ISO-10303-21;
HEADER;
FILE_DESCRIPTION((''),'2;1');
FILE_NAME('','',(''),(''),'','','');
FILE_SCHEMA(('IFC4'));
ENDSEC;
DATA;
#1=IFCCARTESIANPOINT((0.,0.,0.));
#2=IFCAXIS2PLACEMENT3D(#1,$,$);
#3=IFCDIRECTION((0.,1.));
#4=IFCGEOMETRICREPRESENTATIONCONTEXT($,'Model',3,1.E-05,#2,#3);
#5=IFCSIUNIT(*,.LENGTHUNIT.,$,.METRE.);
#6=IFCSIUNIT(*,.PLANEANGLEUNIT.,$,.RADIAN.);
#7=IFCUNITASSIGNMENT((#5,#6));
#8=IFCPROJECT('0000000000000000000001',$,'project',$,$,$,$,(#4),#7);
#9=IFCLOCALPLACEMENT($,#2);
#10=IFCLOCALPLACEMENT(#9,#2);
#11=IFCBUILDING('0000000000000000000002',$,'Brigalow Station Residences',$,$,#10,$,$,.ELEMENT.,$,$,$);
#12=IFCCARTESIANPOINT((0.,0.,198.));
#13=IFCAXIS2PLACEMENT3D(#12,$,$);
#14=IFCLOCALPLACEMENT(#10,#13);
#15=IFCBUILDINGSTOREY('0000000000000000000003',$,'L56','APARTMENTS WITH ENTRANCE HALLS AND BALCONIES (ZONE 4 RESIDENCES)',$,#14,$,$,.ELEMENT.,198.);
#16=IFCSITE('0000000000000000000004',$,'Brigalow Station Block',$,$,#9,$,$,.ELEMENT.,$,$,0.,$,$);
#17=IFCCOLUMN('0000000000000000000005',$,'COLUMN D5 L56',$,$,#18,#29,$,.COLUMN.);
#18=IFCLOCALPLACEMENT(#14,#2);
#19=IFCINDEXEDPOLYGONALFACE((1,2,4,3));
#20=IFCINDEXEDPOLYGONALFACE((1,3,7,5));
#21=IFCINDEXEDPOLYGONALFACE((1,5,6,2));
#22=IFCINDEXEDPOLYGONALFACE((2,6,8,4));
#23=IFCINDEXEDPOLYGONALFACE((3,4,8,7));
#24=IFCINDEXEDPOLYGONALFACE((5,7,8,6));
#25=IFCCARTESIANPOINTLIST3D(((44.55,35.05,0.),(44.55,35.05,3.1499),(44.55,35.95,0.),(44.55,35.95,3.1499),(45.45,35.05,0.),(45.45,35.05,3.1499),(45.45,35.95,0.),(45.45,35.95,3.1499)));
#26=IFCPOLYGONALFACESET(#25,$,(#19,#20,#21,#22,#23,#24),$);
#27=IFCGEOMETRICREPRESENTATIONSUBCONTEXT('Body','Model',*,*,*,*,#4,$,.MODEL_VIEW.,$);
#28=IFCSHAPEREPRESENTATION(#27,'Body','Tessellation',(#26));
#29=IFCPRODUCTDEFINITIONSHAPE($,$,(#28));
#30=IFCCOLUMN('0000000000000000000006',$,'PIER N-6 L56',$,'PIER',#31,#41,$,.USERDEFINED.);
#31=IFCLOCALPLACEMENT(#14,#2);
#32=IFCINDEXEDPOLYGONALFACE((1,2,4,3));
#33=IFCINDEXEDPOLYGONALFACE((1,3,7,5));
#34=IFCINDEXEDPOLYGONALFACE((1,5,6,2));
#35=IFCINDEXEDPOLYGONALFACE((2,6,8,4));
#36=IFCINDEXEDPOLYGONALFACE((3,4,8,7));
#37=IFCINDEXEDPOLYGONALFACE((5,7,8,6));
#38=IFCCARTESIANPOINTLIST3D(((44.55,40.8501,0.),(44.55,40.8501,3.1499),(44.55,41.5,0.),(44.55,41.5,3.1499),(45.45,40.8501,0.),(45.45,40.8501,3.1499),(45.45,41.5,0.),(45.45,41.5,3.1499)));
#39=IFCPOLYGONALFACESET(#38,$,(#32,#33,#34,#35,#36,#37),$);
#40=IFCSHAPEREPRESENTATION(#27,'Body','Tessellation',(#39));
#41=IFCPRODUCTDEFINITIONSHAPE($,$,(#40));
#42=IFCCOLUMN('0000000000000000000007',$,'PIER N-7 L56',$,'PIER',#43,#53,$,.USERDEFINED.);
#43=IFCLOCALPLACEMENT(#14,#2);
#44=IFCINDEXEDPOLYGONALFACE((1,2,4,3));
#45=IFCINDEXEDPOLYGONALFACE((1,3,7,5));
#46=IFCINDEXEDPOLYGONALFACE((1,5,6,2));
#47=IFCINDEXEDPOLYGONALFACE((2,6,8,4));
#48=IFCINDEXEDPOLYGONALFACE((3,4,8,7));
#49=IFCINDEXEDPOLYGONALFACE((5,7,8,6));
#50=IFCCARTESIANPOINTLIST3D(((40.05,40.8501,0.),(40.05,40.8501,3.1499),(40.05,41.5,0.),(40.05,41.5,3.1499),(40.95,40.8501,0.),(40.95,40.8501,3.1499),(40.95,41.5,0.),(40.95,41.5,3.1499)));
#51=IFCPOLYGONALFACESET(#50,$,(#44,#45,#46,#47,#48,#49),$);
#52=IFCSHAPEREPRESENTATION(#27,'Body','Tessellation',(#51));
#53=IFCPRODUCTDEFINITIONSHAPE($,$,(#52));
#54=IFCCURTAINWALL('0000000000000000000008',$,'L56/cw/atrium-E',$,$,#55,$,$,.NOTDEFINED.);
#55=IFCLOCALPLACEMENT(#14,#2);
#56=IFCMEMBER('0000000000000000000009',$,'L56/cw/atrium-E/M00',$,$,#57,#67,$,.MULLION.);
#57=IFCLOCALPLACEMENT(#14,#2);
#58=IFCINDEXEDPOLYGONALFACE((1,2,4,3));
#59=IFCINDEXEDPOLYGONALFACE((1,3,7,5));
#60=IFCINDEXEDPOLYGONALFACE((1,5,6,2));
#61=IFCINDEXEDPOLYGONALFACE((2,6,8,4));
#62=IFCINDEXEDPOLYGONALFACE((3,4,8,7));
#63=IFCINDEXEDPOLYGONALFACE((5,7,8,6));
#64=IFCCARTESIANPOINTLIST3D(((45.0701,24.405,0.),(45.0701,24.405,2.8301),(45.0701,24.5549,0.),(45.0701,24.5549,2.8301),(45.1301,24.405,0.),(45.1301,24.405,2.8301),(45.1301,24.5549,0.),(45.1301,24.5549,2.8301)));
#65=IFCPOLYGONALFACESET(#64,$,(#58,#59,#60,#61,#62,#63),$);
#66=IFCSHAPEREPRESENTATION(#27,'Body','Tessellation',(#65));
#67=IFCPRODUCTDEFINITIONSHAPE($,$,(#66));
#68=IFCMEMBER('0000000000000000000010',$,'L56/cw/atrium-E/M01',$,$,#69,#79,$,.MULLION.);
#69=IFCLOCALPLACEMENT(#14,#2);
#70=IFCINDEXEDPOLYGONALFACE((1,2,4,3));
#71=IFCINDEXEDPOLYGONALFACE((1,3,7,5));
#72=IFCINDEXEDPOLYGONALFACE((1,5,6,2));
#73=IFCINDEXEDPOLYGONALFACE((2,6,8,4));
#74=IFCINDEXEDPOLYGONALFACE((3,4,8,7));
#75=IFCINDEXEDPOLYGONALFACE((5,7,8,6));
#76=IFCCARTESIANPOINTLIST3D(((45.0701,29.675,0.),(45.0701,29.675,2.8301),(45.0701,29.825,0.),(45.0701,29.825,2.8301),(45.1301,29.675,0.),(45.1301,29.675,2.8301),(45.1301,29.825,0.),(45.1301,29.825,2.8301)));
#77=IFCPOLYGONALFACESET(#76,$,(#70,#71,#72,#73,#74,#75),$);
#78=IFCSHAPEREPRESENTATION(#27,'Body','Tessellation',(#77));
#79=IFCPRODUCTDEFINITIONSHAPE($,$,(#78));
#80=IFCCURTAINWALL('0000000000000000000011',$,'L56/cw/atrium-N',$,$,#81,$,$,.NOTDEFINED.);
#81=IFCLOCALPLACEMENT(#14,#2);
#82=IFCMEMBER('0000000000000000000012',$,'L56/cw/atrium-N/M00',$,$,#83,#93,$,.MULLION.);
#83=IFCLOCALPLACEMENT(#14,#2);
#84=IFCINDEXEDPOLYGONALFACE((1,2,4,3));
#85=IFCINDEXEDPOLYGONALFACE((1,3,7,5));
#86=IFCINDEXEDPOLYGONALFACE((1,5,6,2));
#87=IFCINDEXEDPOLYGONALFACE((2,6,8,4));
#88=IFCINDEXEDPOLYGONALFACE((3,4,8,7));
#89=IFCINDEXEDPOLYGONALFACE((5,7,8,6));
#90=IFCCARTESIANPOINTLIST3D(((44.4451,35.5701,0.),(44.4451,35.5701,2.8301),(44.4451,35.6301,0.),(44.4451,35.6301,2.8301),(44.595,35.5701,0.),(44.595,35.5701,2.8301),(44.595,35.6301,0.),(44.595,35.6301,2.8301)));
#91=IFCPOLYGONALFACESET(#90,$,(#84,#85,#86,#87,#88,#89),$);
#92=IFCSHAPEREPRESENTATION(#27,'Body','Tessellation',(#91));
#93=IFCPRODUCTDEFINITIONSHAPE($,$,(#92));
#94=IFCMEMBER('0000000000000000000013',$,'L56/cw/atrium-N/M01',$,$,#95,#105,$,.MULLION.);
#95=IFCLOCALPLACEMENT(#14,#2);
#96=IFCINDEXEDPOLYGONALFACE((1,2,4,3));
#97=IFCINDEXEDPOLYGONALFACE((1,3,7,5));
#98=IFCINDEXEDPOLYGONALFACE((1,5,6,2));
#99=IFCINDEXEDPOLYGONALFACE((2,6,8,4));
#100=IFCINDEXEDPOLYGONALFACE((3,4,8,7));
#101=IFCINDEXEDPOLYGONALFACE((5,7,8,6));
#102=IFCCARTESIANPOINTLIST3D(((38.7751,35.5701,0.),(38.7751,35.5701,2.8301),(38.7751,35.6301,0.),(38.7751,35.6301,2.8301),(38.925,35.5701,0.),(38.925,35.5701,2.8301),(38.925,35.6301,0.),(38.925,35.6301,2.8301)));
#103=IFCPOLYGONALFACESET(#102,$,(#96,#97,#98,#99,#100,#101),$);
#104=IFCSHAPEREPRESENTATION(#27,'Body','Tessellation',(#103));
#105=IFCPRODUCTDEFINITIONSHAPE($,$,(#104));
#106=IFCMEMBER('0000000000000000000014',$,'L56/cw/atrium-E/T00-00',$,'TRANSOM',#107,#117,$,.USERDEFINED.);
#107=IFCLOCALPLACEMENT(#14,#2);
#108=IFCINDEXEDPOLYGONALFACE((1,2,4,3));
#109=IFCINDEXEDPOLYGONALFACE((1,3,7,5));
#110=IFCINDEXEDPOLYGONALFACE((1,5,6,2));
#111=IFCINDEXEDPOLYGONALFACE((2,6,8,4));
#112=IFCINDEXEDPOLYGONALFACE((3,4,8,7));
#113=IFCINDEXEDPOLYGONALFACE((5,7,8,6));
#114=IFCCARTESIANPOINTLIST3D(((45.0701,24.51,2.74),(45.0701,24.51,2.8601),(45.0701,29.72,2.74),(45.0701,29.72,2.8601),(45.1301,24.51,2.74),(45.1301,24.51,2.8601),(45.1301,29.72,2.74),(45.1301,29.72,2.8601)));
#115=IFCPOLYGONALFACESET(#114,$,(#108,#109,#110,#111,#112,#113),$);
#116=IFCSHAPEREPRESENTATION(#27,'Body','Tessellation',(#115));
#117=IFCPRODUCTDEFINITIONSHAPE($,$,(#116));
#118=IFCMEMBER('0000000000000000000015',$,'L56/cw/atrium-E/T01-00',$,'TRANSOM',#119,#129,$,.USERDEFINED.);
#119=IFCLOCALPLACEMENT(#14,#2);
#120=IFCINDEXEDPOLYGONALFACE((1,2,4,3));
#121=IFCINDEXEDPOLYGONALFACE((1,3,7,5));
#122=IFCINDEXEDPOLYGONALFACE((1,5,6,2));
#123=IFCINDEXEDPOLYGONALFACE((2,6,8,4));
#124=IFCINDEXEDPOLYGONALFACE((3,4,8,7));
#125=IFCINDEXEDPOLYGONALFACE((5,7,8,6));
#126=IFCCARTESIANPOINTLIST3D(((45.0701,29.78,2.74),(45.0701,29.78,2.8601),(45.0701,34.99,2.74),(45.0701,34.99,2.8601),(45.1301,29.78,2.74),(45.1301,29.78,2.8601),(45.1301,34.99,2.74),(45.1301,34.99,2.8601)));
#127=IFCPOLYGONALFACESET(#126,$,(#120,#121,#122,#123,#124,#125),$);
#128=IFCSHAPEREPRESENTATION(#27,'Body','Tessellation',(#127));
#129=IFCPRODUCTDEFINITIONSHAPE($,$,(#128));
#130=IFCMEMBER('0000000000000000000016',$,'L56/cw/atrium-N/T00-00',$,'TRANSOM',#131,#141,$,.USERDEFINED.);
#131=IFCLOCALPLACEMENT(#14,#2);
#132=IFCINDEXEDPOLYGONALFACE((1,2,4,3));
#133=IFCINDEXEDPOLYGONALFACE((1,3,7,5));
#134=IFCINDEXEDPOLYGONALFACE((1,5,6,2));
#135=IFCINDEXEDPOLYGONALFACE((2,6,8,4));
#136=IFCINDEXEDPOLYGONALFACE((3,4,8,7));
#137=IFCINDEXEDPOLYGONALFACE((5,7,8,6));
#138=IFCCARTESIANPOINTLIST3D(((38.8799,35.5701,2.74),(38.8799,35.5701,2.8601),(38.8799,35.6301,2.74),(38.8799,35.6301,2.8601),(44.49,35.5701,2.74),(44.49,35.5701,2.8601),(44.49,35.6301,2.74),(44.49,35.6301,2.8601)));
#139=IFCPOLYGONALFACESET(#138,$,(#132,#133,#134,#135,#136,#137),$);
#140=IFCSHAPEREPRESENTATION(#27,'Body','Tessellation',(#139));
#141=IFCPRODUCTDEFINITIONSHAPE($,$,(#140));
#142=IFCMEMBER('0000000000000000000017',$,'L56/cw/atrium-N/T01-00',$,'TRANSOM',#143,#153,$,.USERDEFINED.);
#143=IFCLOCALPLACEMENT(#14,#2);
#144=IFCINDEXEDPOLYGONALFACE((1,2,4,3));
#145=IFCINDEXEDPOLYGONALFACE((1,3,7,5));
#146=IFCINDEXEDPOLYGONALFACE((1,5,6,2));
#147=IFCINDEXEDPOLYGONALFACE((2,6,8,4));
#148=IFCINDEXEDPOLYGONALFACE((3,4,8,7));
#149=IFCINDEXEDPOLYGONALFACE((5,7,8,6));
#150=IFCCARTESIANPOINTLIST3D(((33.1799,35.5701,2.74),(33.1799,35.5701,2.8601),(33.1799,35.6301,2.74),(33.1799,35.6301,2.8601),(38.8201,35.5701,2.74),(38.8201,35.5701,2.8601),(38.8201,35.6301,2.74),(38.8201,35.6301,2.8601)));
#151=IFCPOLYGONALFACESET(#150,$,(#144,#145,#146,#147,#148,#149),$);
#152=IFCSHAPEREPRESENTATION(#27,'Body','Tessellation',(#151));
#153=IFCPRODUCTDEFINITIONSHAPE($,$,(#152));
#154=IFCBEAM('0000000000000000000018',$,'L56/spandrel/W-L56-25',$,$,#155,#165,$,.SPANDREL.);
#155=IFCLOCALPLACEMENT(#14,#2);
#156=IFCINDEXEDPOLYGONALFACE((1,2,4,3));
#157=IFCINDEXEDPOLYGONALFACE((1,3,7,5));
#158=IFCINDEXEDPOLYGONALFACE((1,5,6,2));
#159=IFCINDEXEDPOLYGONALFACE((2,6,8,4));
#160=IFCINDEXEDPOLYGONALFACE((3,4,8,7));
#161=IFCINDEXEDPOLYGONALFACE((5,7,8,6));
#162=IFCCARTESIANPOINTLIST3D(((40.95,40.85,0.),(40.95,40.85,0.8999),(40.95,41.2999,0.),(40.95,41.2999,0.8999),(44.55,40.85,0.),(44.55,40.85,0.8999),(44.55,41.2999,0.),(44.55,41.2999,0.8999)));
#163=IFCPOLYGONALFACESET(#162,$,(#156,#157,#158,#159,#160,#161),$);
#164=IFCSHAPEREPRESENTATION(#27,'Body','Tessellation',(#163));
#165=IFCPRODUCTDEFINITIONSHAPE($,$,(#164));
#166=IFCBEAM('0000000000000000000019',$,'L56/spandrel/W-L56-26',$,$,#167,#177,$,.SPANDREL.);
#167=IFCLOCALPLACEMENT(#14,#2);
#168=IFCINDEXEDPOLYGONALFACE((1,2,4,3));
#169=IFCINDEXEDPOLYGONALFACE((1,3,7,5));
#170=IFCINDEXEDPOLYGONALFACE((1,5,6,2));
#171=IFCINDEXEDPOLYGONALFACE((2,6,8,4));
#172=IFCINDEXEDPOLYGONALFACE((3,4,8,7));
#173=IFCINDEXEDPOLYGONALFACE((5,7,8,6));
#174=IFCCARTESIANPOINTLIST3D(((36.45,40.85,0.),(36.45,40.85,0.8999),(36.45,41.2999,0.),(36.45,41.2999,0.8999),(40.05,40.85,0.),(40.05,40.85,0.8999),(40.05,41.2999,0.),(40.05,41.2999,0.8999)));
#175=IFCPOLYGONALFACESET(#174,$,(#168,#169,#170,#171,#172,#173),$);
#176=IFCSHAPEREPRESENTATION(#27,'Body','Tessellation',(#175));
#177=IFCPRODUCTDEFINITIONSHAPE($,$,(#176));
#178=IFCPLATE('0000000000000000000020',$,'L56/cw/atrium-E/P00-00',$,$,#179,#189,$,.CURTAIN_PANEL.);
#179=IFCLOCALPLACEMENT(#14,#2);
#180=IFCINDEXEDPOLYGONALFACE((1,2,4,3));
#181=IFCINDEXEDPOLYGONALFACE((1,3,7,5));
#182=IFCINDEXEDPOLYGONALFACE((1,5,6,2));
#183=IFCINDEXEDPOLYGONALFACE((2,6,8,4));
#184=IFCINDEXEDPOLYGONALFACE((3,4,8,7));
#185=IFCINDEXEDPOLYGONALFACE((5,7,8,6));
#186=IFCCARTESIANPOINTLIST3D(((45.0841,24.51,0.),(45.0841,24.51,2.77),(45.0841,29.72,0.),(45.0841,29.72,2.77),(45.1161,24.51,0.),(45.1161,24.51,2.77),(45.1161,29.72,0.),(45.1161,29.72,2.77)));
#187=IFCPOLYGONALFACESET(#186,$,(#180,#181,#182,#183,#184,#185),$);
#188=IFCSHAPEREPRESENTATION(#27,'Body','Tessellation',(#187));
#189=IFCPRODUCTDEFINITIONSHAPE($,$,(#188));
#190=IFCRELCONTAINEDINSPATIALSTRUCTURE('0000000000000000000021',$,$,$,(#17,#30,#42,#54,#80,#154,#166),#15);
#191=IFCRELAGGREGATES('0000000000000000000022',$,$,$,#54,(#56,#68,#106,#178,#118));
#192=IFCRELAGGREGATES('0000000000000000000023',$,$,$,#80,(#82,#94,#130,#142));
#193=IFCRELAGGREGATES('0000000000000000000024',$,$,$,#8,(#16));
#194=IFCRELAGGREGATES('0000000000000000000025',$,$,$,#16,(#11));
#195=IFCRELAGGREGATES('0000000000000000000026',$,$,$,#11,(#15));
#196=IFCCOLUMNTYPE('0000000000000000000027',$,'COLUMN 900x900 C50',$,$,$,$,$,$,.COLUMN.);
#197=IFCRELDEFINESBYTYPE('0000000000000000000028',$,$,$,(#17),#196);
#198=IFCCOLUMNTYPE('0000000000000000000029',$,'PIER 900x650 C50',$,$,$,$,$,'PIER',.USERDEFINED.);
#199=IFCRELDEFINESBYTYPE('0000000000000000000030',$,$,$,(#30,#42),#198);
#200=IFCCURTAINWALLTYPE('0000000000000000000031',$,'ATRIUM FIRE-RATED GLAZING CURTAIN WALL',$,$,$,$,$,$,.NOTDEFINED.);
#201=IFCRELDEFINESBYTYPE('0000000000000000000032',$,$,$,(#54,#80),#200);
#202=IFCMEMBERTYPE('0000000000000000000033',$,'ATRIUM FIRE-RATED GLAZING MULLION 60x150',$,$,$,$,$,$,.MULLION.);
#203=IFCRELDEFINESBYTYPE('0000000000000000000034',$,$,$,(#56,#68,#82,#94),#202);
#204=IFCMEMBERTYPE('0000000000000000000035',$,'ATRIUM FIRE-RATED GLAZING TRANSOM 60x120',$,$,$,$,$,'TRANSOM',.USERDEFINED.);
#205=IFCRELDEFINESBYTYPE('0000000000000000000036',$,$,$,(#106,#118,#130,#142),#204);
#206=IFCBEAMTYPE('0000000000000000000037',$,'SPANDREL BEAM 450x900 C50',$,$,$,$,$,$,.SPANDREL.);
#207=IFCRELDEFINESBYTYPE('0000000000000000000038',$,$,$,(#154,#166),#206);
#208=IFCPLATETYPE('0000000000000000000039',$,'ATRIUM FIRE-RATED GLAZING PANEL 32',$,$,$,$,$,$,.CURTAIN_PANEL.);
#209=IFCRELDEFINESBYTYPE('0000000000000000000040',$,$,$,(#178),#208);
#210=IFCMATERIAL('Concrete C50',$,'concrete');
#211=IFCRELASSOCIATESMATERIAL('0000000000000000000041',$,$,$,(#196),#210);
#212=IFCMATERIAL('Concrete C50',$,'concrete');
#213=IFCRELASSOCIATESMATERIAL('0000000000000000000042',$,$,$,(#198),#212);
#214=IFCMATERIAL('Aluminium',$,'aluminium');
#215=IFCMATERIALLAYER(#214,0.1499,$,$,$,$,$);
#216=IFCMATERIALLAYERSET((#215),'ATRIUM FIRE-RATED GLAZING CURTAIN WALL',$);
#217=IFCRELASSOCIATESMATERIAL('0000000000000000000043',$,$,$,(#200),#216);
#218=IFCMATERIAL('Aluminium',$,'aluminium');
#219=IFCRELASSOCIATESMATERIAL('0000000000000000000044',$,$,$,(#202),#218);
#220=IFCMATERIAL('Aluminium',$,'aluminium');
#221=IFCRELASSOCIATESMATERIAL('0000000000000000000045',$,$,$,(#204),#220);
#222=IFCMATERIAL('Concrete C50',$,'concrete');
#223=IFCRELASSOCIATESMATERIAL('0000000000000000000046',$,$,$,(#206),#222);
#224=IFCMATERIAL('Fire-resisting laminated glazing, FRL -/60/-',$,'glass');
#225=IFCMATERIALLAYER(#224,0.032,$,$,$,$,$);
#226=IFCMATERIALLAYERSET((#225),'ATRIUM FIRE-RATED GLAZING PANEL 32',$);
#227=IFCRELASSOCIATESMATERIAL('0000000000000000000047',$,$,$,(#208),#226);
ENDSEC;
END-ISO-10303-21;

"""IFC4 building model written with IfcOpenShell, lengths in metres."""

from ifc_helpers import new_model, si_unit, direction, frame, origin, origin_2d, place, context, subcontext, project, spatial, rectangle, extrude, material, layer, layer_set, material_profile, profile_set, type_object, element, aggregate, save


model = new_model("IFC4")

# Units and contexts
model_context = context("Model", 3, precision=1e-05, world=origin(), true_north=direction((0.0, 1.0)))
body_context = subcontext(model_context, "Body", "Model", "MODEL_VIEW")
ifc_project = project(units=[si_unit("LENGTHUNIT", "METRE"), si_unit("PLANEANGLEUNIT", "RADIAN")], contexts=[model_context])

# Site, building, storey
site_placement = place(None, origin())
site = spatial("IfcSite", under=ifc_project, at=site_placement, Name="Brigalow Station Block", CompositionType="ELEMENT", RefElevation=0.0)
building_placement = place(site_placement, origin())
building = spatial("IfcBuilding", under=site, at=building_placement, Name="Brigalow Station Residences", CompositionType="ELEMENT")
storey_placement = place(building_placement, frame((0.0, 0.0, 198.0)))
storey = spatial("IfcBuildingStorey", under=building, at=storey_placement, Name="L56", Description="APARTMENTS WITH ENTRANCE HALLS AND BALCONIES (ZONE 4 RESIDENCES)", CompositionType="ELEMENT", Elevation=198.0)

# Columns
ifc_material_1 = material(Name="Concrete C50", Category="concrete")
ifc_material_profile_1 = material_profile(ifc_material_1, rectangle(XDim=0.8999, YDim=0.8999, at=origin_2d()), Name="RC900x900")
ifc_profile_set_1 = profile_set([ifc_material_profile_1], Name="Concrete C50")
column_type_1 = type_object("IfcColumnType", Name="COLUMN 900x900 C50", PredefinedType="COLUMN", material=ifc_profile_set_1)
column_placement = place(storey_placement, frame((45.0, 35.5, 0.0), z_axis=(0.0, 0.0, 1.0), x_axis=(1.0, 0.0, 0.0)))
element("IfcColumn", 1, at=column_placement, inside=storey, type_object=column_type_1, Name="COLUMN D5 L56", PredefinedType="COLUMN", context=body_context, shape_type="SweptSolid", body=[
    extrude(rectangle(XDim=0.8999, YDim=0.8999, at=origin_2d()), origin(), (0.0, 0.0, 1.0), 3.1499),
])
ifc_material_2 = material(Name="Concrete C50", Category="concrete")
ifc_material_profile_2 = material_profile(ifc_material_2, rectangle(XDim=0.8999, YDim=0.6499, at=origin_2d()), Name="RC900x650")
ifc_profile_set_2 = profile_set([ifc_material_profile_2], Name="Concrete C50")
column_type_2 = type_object("IfcColumnType", Name="PIER 900x650 C50", ElementType="PIER", PredefinedType="USERDEFINED", material=ifc_profile_set_2)
for number, where, z_axis, x_axis, name in (
    (2, (45.0, 41.175, 0.0), (0.0, 0.0, 1.0), (-1.0, 0.0, 0.0), "PIER N-6 L56"),
    (3, (40.5, 41.175, 0.0), (0.0, 0.0, 1.0), (-1.0, 0.0, 0.0), "PIER N-7 L56"),
):
    element("IfcColumn", number, at=place(storey_placement, frame(where, z_axis=z_axis, x_axis=x_axis)), inside=storey, type_object=column_type_2, Name=name, ObjectType="PIER", PredefinedType="USERDEFINED", context=body_context, shape_type="SweptSolid", body=[
        extrude(rectangle(XDim=0.8999, YDim=0.6499, at=origin_2d()), origin(), (0.0, 0.0, 1.0), 3.1499),
    ])

# Curtain walls, members
ifc_material_3 = material(Name="Aluminium", Category="aluminium")
ifc_layer_1 = layer(ifc_material_3, 0.1499)
ifc_layer_set_1 = layer_set([ifc_layer_1], Name="ATRIUM FIRE-RATED GLAZING CURTAIN WALL")
curtain_wall_type = type_object("IfcCurtainWallType", Name="ATRIUM FIRE-RATED GLAZING CURTAIN WALL", PredefinedType="NOTDEFINED", material=ifc_layer_set_1)
curtain_wall_1_placement = place(storey_placement, origin())
curtain_wall_1 = element("IfcCurtainWall", 4, at=curtain_wall_1_placement, inside=storey, type_object=curtain_wall_type, Name="L56/cw/atrium-E", PredefinedType="NOTDEFINED")
ifc_material_4 = material(Name="Aluminium", Category="aluminium")
ifc_material_profile_3 = material_profile(ifc_material_4, rectangle(XDim=0.0601, YDim=0.1499, at=origin_2d()), Name="ATRIUM FIRE-RATED GLAZING MULLION 60x150")
ifc_profile_set_3 = profile_set([ifc_material_profile_3], Name="Aluminium")
member_type_1 = type_object("IfcMemberType", Name="ATRIUM FIRE-RATED GLAZING MULLION 60x150", PredefinedType="MULLION", material=ifc_profile_set_3)
member_1_placement = place(storey_placement, frame((45.1001, 24.48, 0.0), z_axis=(0.0, 0.0, 1.0), x_axis=(-1.0, 0.0, 0.0)))
member_1 = element("IfcMember", 5, at=member_1_placement, type_object=member_type_1, Name="L56/cw/atrium-E/M00", PredefinedType="MULLION", context=body_context, shape_type="SweptSolid", body=[
    extrude(rectangle(XDim=0.0601, YDim=0.1499, at=origin_2d()), origin(), (0.0, 0.0, 1.0), 2.8301),
])
member_2_placement = place(storey_placement, frame((45.1001, 29.75, 0.0), z_axis=(0.0, 0.0, 1.0), x_axis=(-1.0, 0.0, 0.0)))
member_2 = element("IfcMember", 6, at=member_2_placement, type_object=member_type_1, Name="L56/cw/atrium-E/M01", PredefinedType="MULLION", context=body_context, shape_type="SweptSolid", body=[
    extrude(rectangle(XDim=0.0601, YDim=0.1499, at=origin_2d()), origin(), (0.0, 0.0, 1.0), 2.8301),
])
curtain_wall_2_placement = place(storey_placement, origin())
curtain_wall_2 = element("IfcCurtainWall", 7, at=curtain_wall_2_placement, inside=storey, type_object=curtain_wall_type, Name="L56/cw/atrium-N", PredefinedType="NOTDEFINED")
member_3_placement = place(storey_placement, frame((44.52, 35.6001, 0.0), z_axis=(0.0, 0.0, 1.0), x_axis=(0.0, -1.0, 0.0)))
member_3 = element("IfcMember", 8, at=member_3_placement, type_object=member_type_1, Name="L56/cw/atrium-N/M00", PredefinedType="MULLION", context=body_context, shape_type="SweptSolid", body=[
    extrude(rectangle(XDim=0.0601, YDim=0.1499, at=origin_2d()), origin(), (0.0, 0.0, 1.0), 2.8301),
])
member_4_placement = place(storey_placement, frame((38.8501, 35.6001, 0.0), z_axis=(0.0, 0.0, 1.0), x_axis=(0.0, -1.0, 0.0)))
member_4 = element("IfcMember", 9, at=member_4_placement, type_object=member_type_1, Name="L56/cw/atrium-N/M01", PredefinedType="MULLION", context=body_context, shape_type="SweptSolid", body=[
    extrude(rectangle(XDim=0.0601, YDim=0.1499, at=origin_2d()), origin(), (0.0, 0.0, 1.0), 2.8301),
])

# Members
ifc_material_5 = material(Name="Aluminium", Category="aluminium")
ifc_material_profile_4 = material_profile(ifc_material_5, rectangle(XDim=0.0601, YDim=0.1201, at=origin_2d()), Name="ATRIUM FIRE-RATED GLAZING TRANSOM 60x120")
ifc_profile_set_4 = profile_set([ifc_material_profile_4], Name="Aluminium")
member_type_2 = type_object("IfcMemberType", Name="ATRIUM FIRE-RATED GLAZING TRANSOM 60x120", ElementType="TRANSOM", PredefinedType="USERDEFINED", material=ifc_profile_set_4)
member_5_placement = place(storey_placement, frame((45.1001, 24.51, 2.8), z_axis=(0.0, 1.0, 0.0), x_axis=(-1.0, 0.0, 0.0)))
member_5 = element("IfcMember", 10, at=member_5_placement, type_object=member_type_2, Name="L56/cw/atrium-E/T00-00", ObjectType="TRANSOM", PredefinedType="USERDEFINED", context=body_context, shape_type="SweptSolid", body=[
    extrude(rectangle(XDim=0.0601, YDim=0.1201, at=origin_2d()), origin(), (0.0, 0.0, 1.0), 5.21),
])
member_6_placement = place(storey_placement, frame((45.1001, 29.78, 2.8), z_axis=(0.0, 1.0, 0.0), x_axis=(-1.0, 0.0, 0.0)))
member_6 = element("IfcMember", 11, at=member_6_placement, type_object=member_type_2, Name="L56/cw/atrium-E/T01-00", ObjectType="TRANSOM", PredefinedType="USERDEFINED", context=body_context, shape_type="SweptSolid", body=[
    extrude(rectangle(XDim=0.0601, YDim=0.1201, at=origin_2d()), origin(), (0.0, 0.0, 1.0), 5.21),
])
member_7_placement = place(storey_placement, frame((44.49, 35.6001, 2.8), z_axis=(-1.0, 0.0, 0.0), x_axis=(0.0, -1.0, 0.0)))
member_7 = element("IfcMember", 12, at=member_7_placement, type_object=member_type_2, Name="L56/cw/atrium-N/T00-00", ObjectType="TRANSOM", PredefinedType="USERDEFINED", context=body_context, shape_type="SweptSolid", body=[
    extrude(rectangle(XDim=0.0601, YDim=0.1201, at=origin_2d()), origin(), (0.0, 0.0, 1.0), 5.6101),
])
member_8_placement = place(storey_placement, frame((38.8201, 35.6001, 2.8), z_axis=(-1.0, 0.0, 0.0), x_axis=(0.0, -1.0, 0.0)))
member_8 = element("IfcMember", 13, at=member_8_placement, type_object=member_type_2, Name="L56/cw/atrium-N/T01-00", ObjectType="TRANSOM", PredefinedType="USERDEFINED", context=body_context, shape_type="SweptSolid", body=[
    extrude(rectangle(XDim=0.0601, YDim=0.1201, at=origin_2d()), origin(), (0.0, 0.0, 1.0), 5.6401),
])

# Beams
ifc_material_6 = material(Name="Concrete C50", Category="concrete")
ifc_material_profile_5 = material_profile(ifc_material_6, rectangle(XDim=0.45, YDim=0.8999, at=origin_2d()), Name="RC450x900")
ifc_profile_set_5 = profile_set([ifc_material_profile_5], Name="Concrete C50")
beam_type = type_object("IfcBeamType", Name="SPANDREL BEAM 450x900 C50", PredefinedType="SPANDREL", material=ifc_profile_set_5)
for number, where, z_axis, x_axis, name in (
    (14, (44.55, 41.075, 0.45), (-1.0, 0.0, 0.0), (0.0, -1.0, 0.0), "L56/spandrel/W-L56-25"),
    (15, (40.05, 41.075, 0.45), (-1.0, 0.0, 0.0), (0.0, -1.0, 0.0), "L56/spandrel/W-L56-26"),
):
    element("IfcBeam", number, at=place(storey_placement, frame(where, z_axis=z_axis, x_axis=x_axis)), inside=storey, type_object=beam_type, Name=name, PredefinedType="SPANDREL", context=body_context, shape_type="SweptSolid", body=[
        extrude(rectangle(XDim=0.45, YDim=0.8999, at=origin_2d()), origin(), (0.0, 0.0, 1.0), 3.6001),
    ])

# Plate
ifc_material_7 = material(Name="Fire-resisting laminated glazing, FRL -/60/-", Category="glass")
ifc_layer_2 = layer(ifc_material_7, 0.032)
ifc_layer_set_2 = layer_set([ifc_layer_2], Name="ATRIUM FIRE-RATED GLAZING PANEL 32")
plate_type = type_object("IfcPlateType", Name="ATRIUM FIRE-RATED GLAZING PANEL 32", PredefinedType="CURTAIN_PANEL", material=ifc_layer_set_2)
plate_1_placement = place(storey_placement, frame((45.1001, 27.115, 0.0), z_axis=(0.0, 0.0, 1.0), x_axis=(0.0, 1.0, 0.0)))
plate_1 = element("IfcPlate", 16, at=plate_1_placement, type_object=plate_type, Name="L56/cw/atrium-E/P00-00", PredefinedType="CURTAIN_PANEL", context=body_context, shape_type="SweptSolid", body=[
    extrude(rectangle(XDim=5.21, YDim=0.032, at=origin_2d()), origin(), (0.0, 0.0, 1.0), 2.77),
])
aggregate(curtain_wall_1, [member_1, member_2, member_5, plate_1, member_6])
aggregate(curtain_wall_2, [member_3, member_4, member_7, member_8])

save(model, "model.ifc")
